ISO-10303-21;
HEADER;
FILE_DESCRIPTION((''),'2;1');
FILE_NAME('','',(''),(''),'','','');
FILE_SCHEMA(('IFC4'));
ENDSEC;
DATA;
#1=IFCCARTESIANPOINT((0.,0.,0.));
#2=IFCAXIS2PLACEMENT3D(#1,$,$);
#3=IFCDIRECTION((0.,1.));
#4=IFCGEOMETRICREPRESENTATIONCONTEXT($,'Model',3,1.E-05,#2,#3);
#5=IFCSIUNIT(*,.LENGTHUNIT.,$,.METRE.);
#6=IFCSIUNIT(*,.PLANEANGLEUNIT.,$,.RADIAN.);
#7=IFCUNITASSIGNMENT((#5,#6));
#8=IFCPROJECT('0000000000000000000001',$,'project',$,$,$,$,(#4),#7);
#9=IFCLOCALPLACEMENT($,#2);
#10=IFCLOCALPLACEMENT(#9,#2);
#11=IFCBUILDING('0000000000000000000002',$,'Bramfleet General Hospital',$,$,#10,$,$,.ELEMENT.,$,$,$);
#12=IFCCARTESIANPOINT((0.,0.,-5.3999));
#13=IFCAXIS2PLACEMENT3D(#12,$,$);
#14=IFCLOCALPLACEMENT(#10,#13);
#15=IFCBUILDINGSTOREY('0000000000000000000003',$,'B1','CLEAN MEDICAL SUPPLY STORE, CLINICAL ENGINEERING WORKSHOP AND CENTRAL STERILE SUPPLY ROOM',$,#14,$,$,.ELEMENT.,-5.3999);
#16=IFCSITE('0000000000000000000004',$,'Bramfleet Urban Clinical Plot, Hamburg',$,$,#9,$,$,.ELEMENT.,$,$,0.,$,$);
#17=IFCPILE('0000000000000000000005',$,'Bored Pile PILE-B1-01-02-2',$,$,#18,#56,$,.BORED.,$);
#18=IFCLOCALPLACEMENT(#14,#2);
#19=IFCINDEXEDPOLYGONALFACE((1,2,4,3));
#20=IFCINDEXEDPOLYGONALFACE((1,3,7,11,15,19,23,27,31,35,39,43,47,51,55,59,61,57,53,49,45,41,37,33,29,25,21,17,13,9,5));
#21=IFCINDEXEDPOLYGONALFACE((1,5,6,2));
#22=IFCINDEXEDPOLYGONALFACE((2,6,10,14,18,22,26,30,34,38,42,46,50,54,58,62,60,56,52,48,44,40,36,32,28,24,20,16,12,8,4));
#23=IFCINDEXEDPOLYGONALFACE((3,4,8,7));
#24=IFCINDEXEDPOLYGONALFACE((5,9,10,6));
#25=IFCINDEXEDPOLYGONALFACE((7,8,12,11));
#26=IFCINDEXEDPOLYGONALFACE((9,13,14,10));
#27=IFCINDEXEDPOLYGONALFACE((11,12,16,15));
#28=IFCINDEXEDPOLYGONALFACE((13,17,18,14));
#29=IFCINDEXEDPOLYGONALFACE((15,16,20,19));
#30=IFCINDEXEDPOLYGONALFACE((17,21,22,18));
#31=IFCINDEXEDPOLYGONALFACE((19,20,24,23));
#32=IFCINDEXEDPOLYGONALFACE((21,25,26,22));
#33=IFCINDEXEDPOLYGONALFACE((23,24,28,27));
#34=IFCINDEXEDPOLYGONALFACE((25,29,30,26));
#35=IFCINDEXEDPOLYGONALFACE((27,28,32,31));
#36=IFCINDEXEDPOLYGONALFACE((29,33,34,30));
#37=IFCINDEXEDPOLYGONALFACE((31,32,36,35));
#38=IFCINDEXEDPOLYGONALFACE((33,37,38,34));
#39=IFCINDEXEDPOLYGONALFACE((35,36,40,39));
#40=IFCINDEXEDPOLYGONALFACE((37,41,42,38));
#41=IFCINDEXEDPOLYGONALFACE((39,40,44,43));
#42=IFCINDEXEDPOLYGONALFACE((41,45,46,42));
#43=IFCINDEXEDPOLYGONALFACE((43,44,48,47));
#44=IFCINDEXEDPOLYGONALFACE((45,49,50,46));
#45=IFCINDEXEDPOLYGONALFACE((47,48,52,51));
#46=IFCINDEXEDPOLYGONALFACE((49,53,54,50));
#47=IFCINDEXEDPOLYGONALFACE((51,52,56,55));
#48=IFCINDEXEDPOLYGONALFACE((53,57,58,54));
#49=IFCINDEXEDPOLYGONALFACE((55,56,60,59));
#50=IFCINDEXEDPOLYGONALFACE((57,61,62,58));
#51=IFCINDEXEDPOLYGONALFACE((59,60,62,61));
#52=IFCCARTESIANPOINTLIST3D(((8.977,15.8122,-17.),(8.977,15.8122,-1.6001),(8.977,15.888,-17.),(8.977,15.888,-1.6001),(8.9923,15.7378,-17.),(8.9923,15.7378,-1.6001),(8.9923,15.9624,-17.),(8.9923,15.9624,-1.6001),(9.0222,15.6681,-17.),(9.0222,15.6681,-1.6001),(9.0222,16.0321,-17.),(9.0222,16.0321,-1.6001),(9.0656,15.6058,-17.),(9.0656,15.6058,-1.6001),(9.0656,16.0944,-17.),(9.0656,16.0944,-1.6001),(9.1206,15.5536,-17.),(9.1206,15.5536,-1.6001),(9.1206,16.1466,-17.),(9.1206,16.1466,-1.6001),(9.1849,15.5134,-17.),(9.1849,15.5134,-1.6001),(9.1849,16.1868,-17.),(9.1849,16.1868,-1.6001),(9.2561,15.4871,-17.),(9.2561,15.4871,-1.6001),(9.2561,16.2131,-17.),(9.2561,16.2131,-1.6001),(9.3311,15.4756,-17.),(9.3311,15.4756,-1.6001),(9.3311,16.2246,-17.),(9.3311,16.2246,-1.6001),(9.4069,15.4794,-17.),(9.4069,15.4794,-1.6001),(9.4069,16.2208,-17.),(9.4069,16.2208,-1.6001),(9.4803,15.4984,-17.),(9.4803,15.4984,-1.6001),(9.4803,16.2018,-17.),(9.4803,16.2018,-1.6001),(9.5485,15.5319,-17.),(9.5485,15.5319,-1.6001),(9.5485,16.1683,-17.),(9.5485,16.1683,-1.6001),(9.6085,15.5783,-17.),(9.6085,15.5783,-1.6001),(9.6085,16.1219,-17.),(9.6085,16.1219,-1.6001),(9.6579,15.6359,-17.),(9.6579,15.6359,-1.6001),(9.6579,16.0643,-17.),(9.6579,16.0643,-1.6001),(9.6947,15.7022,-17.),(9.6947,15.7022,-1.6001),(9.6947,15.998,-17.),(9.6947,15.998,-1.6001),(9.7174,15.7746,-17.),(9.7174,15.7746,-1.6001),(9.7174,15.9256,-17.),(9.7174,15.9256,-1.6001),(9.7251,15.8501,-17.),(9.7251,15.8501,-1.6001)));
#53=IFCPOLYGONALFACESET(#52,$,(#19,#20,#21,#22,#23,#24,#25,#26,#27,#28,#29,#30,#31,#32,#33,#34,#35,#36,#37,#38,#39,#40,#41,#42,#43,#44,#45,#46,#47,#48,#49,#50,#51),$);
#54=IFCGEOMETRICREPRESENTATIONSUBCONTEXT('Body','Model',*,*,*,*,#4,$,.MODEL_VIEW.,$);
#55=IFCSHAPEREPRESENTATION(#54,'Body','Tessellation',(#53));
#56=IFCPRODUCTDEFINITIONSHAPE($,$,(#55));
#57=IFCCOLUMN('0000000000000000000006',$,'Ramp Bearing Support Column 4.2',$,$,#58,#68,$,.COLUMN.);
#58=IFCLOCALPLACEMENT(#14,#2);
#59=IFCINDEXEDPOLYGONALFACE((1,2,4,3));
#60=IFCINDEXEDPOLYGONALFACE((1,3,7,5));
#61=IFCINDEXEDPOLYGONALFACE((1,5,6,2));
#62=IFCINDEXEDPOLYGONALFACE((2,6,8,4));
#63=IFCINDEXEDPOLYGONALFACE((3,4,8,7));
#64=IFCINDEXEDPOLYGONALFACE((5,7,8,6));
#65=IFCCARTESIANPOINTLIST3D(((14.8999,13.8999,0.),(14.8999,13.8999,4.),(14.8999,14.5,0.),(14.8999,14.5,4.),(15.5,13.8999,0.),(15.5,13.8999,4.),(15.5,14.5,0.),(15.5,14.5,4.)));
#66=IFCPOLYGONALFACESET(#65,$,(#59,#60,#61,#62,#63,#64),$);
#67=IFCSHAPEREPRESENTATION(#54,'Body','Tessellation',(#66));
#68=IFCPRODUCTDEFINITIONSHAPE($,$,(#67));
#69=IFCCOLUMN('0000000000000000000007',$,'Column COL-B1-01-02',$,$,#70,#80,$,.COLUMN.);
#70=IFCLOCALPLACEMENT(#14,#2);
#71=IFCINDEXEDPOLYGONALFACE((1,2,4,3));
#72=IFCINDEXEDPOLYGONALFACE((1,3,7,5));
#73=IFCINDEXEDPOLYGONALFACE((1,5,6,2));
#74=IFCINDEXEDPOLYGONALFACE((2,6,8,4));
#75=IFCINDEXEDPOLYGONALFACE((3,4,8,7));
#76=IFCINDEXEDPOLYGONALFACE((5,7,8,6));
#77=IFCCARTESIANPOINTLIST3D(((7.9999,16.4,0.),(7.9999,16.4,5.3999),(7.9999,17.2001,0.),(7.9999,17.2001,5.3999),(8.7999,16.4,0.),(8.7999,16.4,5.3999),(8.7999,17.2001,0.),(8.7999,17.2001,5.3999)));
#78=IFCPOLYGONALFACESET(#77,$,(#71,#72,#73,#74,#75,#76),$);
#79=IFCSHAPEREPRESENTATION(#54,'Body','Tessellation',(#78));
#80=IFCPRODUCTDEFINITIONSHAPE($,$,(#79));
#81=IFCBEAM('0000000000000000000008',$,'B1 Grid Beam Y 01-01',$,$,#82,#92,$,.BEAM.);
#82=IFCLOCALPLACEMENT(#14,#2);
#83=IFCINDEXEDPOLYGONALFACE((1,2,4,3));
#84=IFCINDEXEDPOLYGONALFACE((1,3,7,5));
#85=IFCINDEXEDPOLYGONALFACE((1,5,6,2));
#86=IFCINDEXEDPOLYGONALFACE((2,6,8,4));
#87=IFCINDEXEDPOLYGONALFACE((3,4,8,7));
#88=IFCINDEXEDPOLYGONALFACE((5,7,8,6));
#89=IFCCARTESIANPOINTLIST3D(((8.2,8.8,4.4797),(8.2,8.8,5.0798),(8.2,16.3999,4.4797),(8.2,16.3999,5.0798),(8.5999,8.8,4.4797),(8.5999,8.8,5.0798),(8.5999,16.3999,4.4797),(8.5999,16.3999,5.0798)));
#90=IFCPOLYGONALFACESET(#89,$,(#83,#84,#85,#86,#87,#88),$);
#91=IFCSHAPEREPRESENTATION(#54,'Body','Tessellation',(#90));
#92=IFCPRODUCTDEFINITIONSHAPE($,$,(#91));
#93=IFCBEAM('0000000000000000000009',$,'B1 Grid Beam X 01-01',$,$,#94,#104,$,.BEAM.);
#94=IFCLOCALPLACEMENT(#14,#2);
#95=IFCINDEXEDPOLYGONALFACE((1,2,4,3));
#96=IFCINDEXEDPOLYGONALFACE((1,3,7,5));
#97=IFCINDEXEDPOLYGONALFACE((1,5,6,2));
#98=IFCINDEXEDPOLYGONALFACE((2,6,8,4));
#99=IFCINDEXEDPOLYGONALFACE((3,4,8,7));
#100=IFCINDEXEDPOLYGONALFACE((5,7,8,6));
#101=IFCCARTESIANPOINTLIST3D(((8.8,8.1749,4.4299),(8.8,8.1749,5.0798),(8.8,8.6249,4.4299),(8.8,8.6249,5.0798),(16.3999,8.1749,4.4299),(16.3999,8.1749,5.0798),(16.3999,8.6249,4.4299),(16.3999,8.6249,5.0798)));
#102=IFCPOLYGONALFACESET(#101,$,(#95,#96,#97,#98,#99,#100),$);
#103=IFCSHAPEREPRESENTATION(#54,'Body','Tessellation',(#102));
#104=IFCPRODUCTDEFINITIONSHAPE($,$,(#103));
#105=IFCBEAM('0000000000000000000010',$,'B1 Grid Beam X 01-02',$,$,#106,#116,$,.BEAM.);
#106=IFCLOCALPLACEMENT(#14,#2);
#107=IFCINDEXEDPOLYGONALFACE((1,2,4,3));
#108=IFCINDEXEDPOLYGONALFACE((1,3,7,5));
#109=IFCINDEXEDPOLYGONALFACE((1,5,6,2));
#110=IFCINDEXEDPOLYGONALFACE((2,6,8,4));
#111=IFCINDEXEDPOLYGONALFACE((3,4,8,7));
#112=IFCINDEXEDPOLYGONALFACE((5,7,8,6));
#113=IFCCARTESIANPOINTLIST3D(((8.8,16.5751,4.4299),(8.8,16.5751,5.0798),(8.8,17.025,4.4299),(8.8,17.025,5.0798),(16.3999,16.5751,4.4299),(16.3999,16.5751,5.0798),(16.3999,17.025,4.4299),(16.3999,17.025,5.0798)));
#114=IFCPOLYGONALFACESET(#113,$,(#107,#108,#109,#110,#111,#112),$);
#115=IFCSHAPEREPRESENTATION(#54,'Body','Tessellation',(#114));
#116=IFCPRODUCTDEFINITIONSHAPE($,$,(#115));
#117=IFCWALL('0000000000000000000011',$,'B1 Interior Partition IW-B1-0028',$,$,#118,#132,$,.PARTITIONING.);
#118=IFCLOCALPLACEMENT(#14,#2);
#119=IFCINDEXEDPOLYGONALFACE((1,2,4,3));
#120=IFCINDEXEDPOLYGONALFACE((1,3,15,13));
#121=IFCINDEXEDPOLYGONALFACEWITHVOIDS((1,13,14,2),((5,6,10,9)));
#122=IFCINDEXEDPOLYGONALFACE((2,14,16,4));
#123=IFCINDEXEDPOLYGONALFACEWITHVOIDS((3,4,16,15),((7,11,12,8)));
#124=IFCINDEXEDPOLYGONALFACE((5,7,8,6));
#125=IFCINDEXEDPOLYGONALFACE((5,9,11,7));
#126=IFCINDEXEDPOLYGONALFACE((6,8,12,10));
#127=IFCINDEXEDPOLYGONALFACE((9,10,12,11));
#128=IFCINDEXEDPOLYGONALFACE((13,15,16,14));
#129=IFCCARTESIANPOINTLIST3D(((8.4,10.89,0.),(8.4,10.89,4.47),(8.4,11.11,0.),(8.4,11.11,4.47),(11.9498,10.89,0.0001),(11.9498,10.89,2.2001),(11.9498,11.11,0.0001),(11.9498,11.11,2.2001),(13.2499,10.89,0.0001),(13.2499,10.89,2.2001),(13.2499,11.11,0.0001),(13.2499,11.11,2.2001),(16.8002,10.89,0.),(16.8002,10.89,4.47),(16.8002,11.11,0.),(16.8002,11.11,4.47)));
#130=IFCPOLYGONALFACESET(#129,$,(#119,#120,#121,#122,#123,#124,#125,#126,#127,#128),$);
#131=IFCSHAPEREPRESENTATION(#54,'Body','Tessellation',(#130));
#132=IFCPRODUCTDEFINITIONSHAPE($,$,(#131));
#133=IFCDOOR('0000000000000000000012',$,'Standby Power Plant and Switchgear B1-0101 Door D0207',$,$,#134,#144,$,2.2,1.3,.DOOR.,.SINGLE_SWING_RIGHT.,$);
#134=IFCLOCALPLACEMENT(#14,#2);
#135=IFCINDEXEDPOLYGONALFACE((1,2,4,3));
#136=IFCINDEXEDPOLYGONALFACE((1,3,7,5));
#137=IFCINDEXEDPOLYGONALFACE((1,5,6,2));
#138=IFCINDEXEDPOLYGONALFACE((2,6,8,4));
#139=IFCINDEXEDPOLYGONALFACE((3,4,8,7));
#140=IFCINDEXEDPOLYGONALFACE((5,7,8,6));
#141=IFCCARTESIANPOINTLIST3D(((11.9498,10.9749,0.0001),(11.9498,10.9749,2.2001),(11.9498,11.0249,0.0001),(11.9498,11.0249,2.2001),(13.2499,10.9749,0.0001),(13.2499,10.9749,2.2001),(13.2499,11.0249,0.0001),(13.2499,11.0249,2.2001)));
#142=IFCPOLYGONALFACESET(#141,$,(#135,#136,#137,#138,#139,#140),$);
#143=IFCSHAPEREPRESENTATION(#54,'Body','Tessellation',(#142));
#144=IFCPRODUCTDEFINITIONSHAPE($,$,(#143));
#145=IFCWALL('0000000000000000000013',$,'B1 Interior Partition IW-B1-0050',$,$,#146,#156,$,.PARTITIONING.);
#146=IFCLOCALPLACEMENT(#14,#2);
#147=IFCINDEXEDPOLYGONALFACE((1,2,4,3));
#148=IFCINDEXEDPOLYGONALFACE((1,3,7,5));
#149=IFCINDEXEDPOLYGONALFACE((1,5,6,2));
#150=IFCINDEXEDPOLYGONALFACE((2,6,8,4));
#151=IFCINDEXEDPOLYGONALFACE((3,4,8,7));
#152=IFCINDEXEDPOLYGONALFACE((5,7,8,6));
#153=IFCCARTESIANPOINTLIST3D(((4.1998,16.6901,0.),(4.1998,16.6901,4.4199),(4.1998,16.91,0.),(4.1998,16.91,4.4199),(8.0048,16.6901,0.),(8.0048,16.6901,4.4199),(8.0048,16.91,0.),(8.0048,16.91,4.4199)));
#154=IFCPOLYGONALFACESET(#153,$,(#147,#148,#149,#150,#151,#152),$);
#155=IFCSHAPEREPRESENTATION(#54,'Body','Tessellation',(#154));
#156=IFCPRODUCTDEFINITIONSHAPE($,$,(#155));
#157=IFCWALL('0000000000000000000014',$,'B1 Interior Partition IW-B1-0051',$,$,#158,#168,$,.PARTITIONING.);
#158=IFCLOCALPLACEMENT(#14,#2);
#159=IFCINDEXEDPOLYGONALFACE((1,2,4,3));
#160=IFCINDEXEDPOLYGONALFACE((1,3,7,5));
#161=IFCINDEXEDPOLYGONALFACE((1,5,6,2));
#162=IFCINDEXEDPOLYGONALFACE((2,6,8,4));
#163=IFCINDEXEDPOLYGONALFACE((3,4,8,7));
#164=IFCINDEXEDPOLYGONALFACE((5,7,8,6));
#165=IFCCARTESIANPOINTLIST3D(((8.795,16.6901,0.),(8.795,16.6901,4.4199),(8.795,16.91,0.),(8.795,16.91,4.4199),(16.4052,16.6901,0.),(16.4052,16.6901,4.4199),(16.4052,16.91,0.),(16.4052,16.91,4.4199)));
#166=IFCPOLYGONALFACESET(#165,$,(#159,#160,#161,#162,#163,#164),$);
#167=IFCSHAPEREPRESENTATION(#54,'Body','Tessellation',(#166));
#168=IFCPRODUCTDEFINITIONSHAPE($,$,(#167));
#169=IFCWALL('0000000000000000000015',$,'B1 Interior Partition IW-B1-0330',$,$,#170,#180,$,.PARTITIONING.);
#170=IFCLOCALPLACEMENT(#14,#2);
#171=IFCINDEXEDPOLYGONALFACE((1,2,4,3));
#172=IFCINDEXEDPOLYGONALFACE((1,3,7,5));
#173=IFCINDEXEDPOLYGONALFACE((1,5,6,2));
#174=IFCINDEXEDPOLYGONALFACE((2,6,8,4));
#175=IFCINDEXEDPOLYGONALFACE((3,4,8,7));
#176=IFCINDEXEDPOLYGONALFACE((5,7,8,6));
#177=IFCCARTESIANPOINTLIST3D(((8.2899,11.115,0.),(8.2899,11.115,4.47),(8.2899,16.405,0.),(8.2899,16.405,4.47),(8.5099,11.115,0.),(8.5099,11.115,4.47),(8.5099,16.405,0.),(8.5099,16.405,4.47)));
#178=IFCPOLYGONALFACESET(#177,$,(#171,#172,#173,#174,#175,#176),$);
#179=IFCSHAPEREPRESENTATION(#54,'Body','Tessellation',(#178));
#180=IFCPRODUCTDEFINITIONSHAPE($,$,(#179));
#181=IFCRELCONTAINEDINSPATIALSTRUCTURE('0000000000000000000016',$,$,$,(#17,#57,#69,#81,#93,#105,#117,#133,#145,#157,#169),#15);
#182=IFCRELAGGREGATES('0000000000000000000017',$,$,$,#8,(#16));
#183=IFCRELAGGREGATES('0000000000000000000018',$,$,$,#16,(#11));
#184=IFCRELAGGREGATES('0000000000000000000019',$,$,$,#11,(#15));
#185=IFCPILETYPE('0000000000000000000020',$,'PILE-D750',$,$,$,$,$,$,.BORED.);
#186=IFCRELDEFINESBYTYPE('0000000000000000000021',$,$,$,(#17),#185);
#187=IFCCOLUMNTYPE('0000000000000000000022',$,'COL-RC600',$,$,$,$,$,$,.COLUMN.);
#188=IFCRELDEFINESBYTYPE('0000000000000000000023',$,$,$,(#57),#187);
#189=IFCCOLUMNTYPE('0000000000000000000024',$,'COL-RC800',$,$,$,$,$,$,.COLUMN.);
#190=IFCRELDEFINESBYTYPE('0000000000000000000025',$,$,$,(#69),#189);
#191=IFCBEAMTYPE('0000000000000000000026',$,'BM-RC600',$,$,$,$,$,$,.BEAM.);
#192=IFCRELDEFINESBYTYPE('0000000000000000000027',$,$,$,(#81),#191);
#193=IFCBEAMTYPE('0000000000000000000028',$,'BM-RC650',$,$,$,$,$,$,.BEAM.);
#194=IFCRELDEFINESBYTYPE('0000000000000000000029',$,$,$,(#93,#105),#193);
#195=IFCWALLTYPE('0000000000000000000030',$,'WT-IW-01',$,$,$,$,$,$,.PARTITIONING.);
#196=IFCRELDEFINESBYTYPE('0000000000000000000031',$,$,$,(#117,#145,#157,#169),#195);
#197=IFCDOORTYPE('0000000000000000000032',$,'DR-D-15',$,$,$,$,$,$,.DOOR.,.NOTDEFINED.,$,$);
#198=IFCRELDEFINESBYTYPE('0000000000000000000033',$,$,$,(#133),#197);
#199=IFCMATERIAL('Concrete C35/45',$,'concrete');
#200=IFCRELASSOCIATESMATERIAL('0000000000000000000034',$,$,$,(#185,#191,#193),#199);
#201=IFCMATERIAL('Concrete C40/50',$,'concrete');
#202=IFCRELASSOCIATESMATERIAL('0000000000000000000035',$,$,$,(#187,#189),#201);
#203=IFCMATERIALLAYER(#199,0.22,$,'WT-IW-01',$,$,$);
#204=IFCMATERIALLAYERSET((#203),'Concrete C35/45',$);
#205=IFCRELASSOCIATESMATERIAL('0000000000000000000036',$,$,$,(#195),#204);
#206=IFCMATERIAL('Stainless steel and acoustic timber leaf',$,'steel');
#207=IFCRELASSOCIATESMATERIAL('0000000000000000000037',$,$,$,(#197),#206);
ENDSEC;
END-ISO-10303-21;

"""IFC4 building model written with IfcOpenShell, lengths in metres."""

from ifc_helpers import new_model, si_unit, direction, frame, frame_2d, origin, origin_2d, place, context, subcontext, project, spatial, rectangle, circle, extrude, material, layer, layer_set, material_profile, profile_set, type_object, element, fill, save


model = new_model("IFC4")

# Units and contexts
model_context = context("Model", 3, precision=1e-05, world=origin(), true_north=direction((0.0, 1.0)))
body_context = subcontext(model_context, "Body", "Model", "MODEL_VIEW")
ifc_project = project(units=[si_unit("LENGTHUNIT", "METRE"), si_unit("PLANEANGLEUNIT", "RADIAN")], contexts=[model_context])

# Site, building, storey
site_placement = place(None, origin())
site = spatial("IfcSite", under=ifc_project, at=site_placement, Name="Bramfleet Urban Clinical Plot, Hamburg", CompositionType="ELEMENT", RefElevation=0.0)
building_placement = place(site_placement, origin())
building = spatial("IfcBuilding", under=site, at=building_placement, Name="Bramfleet General Hospital", CompositionType="ELEMENT")
storey_placement = place(building_placement, frame((0.0, 0.0, -5.3999)))
storey = spatial("IfcBuildingStorey", under=building, at=storey_placement, Name="B1", Description="CLEAN MEDICAL SUPPLY STORE, CLINICAL ENGINEERING WORKSHOP AND CENTRAL STERILE SUPPLY ROOM", CompositionType="ELEMENT", Elevation=-5.3999)

# Shared definitions
ifc_material_1 = material(Name="Concrete C35/45", Category="concrete")

# Pile
ifc_material_profile_1 = material_profile(ifc_material_1, circle(Radius=0.375, at=origin_2d()), Name="PILE BORED D750")
ifc_profile_set_1 = profile_set([ifc_material_profile_1], Name="Concrete C35/45")
pile_type = type_object("IfcPileType", Name="PILE-D750", PredefinedType="BORED", material=ifc_profile_set_1)
for number, where, z_axis, x_axis, name in (
    (1, (9.3501, 15.8501, -1.6001), (0.0, 0.0, -1.0), (1.0, 0.0, 0.0), "Bored Pile PILE-B1-01-02-2"),
):
    element("IfcPile", number, at=place(storey_placement, frame(where, z_axis=z_axis, x_axis=x_axis)), inside=storey, type_object=pile_type, Name=name, PredefinedType="BORED", context=body_context, shape_type="SweptSolid", body=[
        extrude(circle(Radius=0.375, at=origin_2d()), origin(), (0.0, 0.0, 1.0), 15.3999),
    ])

# Columns
ifc_material_2 = material(Name="Concrete C40/50", Category="concrete")
ifc_material_profile_2 = material_profile(ifc_material_2, rectangle(XDim=0.6001, YDim=0.6001, at=origin_2d()), Name="RC COL 600x600")
ifc_profile_set_2 = profile_set([ifc_material_profile_2], Name="Concrete C40/50")
column_type_1 = type_object("IfcColumnType", Name="COL-RC600", PredefinedType="COLUMN", material=ifc_profile_set_2)
column_1_placement = place(storey_placement, frame((15.2, 14.2, 0.0), z_axis=(0.0, 0.0, 1.0), x_axis=(1.0, 0.0, 0.0)))
element("IfcColumn", 2, at=column_1_placement, inside=storey, type_object=column_type_1, Name="Ramp Bearing Support Column 4.2", PredefinedType="COLUMN", context=body_context, shape_type="SweptSolid", body=[
    extrude(rectangle(XDim=0.6001, YDim=0.6001, at=origin_2d()), origin(), (0.0, 0.0, 1.0), 4.0),
])
ifc_material_profile_3 = material_profile(ifc_material_2, rectangle(XDim=0.8, YDim=0.8, at=origin_2d()), Name="RC COL 800x800")
ifc_profile_set_3 = profile_set([ifc_material_profile_3], Name="Concrete C40/50")
column_type_2 = type_object("IfcColumnType", Name="COL-RC800", PredefinedType="COLUMN", material=ifc_profile_set_3)
column_2_placement = place(storey_placement, frame((8.3999, 16.8, 0.0), z_axis=(0.0, 0.0, 1.0), x_axis=(1.0, 0.0, 0.0)))
element("IfcColumn", 3, at=column_2_placement, inside=storey, type_object=column_type_2, Name="Column COL-B1-01-02", PredefinedType="COLUMN", context=body_context, shape_type="SweptSolid", body=[
    extrude(rectangle(XDim=0.8, YDim=0.8, at=origin_2d()), origin(), (0.0, 0.0, 1.0), 5.3999),
])

# Beams
ifc_material_profile_4 = material_profile(ifc_material_1, rectangle(XDim=0.3999, YDim=0.6001, at=origin_2d()), Name="RC BM 600x400")
ifc_profile_set_4 = profile_set([ifc_material_profile_4], Name="Concrete C35/45")
beam_type_1 = type_object("IfcBeamType", Name="BM-RC600", PredefinedType="BEAM", material=ifc_profile_set_4)
beam_placement = place(storey_placement, frame((8.3999, 8.8, 4.7798), z_axis=(0.0, 1.0, 0.0), x_axis=(-1.0, 0.0, 0.0)))
element("IfcBeam", 4, at=beam_placement, inside=storey, type_object=beam_type_1, Name="B1 Grid Beam Y 01-01", PredefinedType="BEAM", context=body_context, shape_type="SweptSolid", body=[
    extrude(rectangle(XDim=0.3999, YDim=0.6001, at=origin_2d()), origin(), (0.0, 0.0, 1.0), 7.5999),
])
ifc_material_profile_5 = material_profile(ifc_material_1, rectangle(XDim=0.45, YDim=0.6499, at=origin_2d()), Name="RC BM 650x450")
ifc_profile_set_5 = profile_set([ifc_material_profile_5], Name="Concrete C35/45")
beam_type_2 = type_object("IfcBeamType", Name="BM-RC650", PredefinedType="BEAM", material=ifc_profile_set_5)
for number, where, z_axis, x_axis, name in (
    (5, (8.8, 8.3999, 4.7549), (1.0, 0.0, 0.0), (0.0, 1.0, 0.0), "B1 Grid Beam X 01-01"),
    (6, (8.8, 16.8, 4.7549), (1.0, 0.0, 0.0), (0.0, 1.0, 0.0), "B1 Grid Beam X 01-02"),
):
    element("IfcBeam", number, at=place(storey_placement, frame(where, z_axis=z_axis, x_axis=x_axis)), inside=storey, type_object=beam_type_2, Name=name, PredefinedType="BEAM", context=body_context, shape_type="SweptSolid", body=[
        extrude(rectangle(XDim=0.45, YDim=0.6499, at=origin_2d()), origin(), (0.0, 0.0, 1.0), 7.5999),
    ])

# Wall, opening, door
ifc_layer = layer(ifc_material_1, 0.22, Name="WT-IW-01")
ifc_layer_set = layer_set([ifc_layer], Name="Concrete C35/45")
wall_type = type_object("IfcWallType", Name="WT-IW-01", PredefinedType="PARTITIONING", material=ifc_layer_set)
wall_1_placement = place(storey_placement, frame((8.3999, 11.0, 0.0), z_axis=(0.0, 0.0, 1.0), x_axis=(1.0, 0.0, 0.0)))
wall_1 = element("IfcWall", 7, at=wall_1_placement, inside=storey, type_object=wall_type, Name="B1 Interior Partition IW-B1-0028", PredefinedType="PARTITIONING", context=body_context, shape_type="SweptSolid", body=[
    extrude(rectangle(XDim=8.4001, YDim=0.22, at=frame_2d((4.2002, 0.0))), origin(), (0.0, 0.0, 1.0), 4.47),
])
opening_placement = place(wall_1_placement, frame((3.55, 0.0, 0.0)))
opening = element("IfcOpeningElement", 8, at=opening_placement, cuts=wall_1, PredefinedType="OPENING", context=body_context, shape_type="SweptSolid", body=[
    extrude(rectangle(XDim=1.3, YDim=2.2, at=frame_2d((0.6499, 1.1001))), frame((0.0, 0.1199, 0.0), z_axis=(0.0, -1.0, 0.0), x_axis=(1.0, 0.0, 0.0)), (0.0, 0.0, 1.0), 0.24),
])
ifc_material_3 = material(Name="Stainless steel and acoustic timber leaf", Category="steel")
door_type = type_object("IfcDoorType", Name="DR-D-15", OperationType="NOTDEFINED", PredefinedType="DOOR", material=ifc_material_3)
door_placement = place(opening_placement, origin())
door = element("IfcDoor", 9, at=door_placement, inside=storey, type_object=door_type, Name="Standby Power Plant and Switchgear B1-0101 Door D0207", OperationType="SINGLE_SWING_RIGHT", OverallHeight=2.2, OverallWidth=1.3, PredefinedType="DOOR", context=body_context, shape_type="SweptSolid", body=[
    extrude(rectangle(XDim=1.3, YDim=2.2, at=frame_2d((0.6499, 1.1001))), frame((0.0, 0.0249, 0.0), z_axis=(0.0, -1.0, 0.0), x_axis=(1.0, 0.0, 0.0)), (0.0, 0.0, 1.0), 0.05),
])
fill(opening, door)

# Walls
wall_2_placement = place(storey_placement, frame((4.2, 16.8, 0.0), z_axis=(0.0, 0.0, 1.0), x_axis=(1.0, 0.0, 0.0)))
element("IfcWall", 10, at=wall_2_placement, inside=storey, type_object=wall_type, Name="B1 Interior Partition IW-B1-0050", PredefinedType="PARTITIONING", context=body_context, shape_type="SweptSolid", body=[
    extrude(rectangle(XDim=3.8049, YDim=0.22, at=frame_2d((1.9023, 0.0))), origin(), (0.0, 0.0, 1.0), 4.4199),
])
wall_3_placement = place(storey_placement, frame((8.7949, 16.8, 0.0), z_axis=(0.0, 0.0, 1.0), x_axis=(1.0, 0.0, 0.0)))
element("IfcWall", 11, at=wall_3_placement, inside=storey, type_object=wall_type, Name="B1 Interior Partition IW-B1-0051", PredefinedType="PARTITIONING", context=body_context, shape_type="SweptSolid", body=[
    extrude(rectangle(XDim=7.6101, YDim=0.22, at=frame_2d((3.8052, 0.0))), origin(), (0.0, 0.0, 1.0), 4.4199),
])
wall_4_placement = place(storey_placement, frame((8.3999, 11.115, 0.0), z_axis=(0.0, 0.0, 1.0), x_axis=(0.0, 1.0, 0.0)))
element("IfcWall", 12, at=wall_4_placement, inside=storey, type_object=wall_type, Name="B1 Interior Partition IW-B1-0330", PredefinedType="PARTITIONING", context=body_context, shape_type="SweptSolid", body=[
    extrude(rectangle(XDim=5.29, YDim=0.22, at=frame_2d((2.645, 0.0))), origin(), (0.0, 0.0, 1.0), 4.47),
])

save(model, "model.ifc")
